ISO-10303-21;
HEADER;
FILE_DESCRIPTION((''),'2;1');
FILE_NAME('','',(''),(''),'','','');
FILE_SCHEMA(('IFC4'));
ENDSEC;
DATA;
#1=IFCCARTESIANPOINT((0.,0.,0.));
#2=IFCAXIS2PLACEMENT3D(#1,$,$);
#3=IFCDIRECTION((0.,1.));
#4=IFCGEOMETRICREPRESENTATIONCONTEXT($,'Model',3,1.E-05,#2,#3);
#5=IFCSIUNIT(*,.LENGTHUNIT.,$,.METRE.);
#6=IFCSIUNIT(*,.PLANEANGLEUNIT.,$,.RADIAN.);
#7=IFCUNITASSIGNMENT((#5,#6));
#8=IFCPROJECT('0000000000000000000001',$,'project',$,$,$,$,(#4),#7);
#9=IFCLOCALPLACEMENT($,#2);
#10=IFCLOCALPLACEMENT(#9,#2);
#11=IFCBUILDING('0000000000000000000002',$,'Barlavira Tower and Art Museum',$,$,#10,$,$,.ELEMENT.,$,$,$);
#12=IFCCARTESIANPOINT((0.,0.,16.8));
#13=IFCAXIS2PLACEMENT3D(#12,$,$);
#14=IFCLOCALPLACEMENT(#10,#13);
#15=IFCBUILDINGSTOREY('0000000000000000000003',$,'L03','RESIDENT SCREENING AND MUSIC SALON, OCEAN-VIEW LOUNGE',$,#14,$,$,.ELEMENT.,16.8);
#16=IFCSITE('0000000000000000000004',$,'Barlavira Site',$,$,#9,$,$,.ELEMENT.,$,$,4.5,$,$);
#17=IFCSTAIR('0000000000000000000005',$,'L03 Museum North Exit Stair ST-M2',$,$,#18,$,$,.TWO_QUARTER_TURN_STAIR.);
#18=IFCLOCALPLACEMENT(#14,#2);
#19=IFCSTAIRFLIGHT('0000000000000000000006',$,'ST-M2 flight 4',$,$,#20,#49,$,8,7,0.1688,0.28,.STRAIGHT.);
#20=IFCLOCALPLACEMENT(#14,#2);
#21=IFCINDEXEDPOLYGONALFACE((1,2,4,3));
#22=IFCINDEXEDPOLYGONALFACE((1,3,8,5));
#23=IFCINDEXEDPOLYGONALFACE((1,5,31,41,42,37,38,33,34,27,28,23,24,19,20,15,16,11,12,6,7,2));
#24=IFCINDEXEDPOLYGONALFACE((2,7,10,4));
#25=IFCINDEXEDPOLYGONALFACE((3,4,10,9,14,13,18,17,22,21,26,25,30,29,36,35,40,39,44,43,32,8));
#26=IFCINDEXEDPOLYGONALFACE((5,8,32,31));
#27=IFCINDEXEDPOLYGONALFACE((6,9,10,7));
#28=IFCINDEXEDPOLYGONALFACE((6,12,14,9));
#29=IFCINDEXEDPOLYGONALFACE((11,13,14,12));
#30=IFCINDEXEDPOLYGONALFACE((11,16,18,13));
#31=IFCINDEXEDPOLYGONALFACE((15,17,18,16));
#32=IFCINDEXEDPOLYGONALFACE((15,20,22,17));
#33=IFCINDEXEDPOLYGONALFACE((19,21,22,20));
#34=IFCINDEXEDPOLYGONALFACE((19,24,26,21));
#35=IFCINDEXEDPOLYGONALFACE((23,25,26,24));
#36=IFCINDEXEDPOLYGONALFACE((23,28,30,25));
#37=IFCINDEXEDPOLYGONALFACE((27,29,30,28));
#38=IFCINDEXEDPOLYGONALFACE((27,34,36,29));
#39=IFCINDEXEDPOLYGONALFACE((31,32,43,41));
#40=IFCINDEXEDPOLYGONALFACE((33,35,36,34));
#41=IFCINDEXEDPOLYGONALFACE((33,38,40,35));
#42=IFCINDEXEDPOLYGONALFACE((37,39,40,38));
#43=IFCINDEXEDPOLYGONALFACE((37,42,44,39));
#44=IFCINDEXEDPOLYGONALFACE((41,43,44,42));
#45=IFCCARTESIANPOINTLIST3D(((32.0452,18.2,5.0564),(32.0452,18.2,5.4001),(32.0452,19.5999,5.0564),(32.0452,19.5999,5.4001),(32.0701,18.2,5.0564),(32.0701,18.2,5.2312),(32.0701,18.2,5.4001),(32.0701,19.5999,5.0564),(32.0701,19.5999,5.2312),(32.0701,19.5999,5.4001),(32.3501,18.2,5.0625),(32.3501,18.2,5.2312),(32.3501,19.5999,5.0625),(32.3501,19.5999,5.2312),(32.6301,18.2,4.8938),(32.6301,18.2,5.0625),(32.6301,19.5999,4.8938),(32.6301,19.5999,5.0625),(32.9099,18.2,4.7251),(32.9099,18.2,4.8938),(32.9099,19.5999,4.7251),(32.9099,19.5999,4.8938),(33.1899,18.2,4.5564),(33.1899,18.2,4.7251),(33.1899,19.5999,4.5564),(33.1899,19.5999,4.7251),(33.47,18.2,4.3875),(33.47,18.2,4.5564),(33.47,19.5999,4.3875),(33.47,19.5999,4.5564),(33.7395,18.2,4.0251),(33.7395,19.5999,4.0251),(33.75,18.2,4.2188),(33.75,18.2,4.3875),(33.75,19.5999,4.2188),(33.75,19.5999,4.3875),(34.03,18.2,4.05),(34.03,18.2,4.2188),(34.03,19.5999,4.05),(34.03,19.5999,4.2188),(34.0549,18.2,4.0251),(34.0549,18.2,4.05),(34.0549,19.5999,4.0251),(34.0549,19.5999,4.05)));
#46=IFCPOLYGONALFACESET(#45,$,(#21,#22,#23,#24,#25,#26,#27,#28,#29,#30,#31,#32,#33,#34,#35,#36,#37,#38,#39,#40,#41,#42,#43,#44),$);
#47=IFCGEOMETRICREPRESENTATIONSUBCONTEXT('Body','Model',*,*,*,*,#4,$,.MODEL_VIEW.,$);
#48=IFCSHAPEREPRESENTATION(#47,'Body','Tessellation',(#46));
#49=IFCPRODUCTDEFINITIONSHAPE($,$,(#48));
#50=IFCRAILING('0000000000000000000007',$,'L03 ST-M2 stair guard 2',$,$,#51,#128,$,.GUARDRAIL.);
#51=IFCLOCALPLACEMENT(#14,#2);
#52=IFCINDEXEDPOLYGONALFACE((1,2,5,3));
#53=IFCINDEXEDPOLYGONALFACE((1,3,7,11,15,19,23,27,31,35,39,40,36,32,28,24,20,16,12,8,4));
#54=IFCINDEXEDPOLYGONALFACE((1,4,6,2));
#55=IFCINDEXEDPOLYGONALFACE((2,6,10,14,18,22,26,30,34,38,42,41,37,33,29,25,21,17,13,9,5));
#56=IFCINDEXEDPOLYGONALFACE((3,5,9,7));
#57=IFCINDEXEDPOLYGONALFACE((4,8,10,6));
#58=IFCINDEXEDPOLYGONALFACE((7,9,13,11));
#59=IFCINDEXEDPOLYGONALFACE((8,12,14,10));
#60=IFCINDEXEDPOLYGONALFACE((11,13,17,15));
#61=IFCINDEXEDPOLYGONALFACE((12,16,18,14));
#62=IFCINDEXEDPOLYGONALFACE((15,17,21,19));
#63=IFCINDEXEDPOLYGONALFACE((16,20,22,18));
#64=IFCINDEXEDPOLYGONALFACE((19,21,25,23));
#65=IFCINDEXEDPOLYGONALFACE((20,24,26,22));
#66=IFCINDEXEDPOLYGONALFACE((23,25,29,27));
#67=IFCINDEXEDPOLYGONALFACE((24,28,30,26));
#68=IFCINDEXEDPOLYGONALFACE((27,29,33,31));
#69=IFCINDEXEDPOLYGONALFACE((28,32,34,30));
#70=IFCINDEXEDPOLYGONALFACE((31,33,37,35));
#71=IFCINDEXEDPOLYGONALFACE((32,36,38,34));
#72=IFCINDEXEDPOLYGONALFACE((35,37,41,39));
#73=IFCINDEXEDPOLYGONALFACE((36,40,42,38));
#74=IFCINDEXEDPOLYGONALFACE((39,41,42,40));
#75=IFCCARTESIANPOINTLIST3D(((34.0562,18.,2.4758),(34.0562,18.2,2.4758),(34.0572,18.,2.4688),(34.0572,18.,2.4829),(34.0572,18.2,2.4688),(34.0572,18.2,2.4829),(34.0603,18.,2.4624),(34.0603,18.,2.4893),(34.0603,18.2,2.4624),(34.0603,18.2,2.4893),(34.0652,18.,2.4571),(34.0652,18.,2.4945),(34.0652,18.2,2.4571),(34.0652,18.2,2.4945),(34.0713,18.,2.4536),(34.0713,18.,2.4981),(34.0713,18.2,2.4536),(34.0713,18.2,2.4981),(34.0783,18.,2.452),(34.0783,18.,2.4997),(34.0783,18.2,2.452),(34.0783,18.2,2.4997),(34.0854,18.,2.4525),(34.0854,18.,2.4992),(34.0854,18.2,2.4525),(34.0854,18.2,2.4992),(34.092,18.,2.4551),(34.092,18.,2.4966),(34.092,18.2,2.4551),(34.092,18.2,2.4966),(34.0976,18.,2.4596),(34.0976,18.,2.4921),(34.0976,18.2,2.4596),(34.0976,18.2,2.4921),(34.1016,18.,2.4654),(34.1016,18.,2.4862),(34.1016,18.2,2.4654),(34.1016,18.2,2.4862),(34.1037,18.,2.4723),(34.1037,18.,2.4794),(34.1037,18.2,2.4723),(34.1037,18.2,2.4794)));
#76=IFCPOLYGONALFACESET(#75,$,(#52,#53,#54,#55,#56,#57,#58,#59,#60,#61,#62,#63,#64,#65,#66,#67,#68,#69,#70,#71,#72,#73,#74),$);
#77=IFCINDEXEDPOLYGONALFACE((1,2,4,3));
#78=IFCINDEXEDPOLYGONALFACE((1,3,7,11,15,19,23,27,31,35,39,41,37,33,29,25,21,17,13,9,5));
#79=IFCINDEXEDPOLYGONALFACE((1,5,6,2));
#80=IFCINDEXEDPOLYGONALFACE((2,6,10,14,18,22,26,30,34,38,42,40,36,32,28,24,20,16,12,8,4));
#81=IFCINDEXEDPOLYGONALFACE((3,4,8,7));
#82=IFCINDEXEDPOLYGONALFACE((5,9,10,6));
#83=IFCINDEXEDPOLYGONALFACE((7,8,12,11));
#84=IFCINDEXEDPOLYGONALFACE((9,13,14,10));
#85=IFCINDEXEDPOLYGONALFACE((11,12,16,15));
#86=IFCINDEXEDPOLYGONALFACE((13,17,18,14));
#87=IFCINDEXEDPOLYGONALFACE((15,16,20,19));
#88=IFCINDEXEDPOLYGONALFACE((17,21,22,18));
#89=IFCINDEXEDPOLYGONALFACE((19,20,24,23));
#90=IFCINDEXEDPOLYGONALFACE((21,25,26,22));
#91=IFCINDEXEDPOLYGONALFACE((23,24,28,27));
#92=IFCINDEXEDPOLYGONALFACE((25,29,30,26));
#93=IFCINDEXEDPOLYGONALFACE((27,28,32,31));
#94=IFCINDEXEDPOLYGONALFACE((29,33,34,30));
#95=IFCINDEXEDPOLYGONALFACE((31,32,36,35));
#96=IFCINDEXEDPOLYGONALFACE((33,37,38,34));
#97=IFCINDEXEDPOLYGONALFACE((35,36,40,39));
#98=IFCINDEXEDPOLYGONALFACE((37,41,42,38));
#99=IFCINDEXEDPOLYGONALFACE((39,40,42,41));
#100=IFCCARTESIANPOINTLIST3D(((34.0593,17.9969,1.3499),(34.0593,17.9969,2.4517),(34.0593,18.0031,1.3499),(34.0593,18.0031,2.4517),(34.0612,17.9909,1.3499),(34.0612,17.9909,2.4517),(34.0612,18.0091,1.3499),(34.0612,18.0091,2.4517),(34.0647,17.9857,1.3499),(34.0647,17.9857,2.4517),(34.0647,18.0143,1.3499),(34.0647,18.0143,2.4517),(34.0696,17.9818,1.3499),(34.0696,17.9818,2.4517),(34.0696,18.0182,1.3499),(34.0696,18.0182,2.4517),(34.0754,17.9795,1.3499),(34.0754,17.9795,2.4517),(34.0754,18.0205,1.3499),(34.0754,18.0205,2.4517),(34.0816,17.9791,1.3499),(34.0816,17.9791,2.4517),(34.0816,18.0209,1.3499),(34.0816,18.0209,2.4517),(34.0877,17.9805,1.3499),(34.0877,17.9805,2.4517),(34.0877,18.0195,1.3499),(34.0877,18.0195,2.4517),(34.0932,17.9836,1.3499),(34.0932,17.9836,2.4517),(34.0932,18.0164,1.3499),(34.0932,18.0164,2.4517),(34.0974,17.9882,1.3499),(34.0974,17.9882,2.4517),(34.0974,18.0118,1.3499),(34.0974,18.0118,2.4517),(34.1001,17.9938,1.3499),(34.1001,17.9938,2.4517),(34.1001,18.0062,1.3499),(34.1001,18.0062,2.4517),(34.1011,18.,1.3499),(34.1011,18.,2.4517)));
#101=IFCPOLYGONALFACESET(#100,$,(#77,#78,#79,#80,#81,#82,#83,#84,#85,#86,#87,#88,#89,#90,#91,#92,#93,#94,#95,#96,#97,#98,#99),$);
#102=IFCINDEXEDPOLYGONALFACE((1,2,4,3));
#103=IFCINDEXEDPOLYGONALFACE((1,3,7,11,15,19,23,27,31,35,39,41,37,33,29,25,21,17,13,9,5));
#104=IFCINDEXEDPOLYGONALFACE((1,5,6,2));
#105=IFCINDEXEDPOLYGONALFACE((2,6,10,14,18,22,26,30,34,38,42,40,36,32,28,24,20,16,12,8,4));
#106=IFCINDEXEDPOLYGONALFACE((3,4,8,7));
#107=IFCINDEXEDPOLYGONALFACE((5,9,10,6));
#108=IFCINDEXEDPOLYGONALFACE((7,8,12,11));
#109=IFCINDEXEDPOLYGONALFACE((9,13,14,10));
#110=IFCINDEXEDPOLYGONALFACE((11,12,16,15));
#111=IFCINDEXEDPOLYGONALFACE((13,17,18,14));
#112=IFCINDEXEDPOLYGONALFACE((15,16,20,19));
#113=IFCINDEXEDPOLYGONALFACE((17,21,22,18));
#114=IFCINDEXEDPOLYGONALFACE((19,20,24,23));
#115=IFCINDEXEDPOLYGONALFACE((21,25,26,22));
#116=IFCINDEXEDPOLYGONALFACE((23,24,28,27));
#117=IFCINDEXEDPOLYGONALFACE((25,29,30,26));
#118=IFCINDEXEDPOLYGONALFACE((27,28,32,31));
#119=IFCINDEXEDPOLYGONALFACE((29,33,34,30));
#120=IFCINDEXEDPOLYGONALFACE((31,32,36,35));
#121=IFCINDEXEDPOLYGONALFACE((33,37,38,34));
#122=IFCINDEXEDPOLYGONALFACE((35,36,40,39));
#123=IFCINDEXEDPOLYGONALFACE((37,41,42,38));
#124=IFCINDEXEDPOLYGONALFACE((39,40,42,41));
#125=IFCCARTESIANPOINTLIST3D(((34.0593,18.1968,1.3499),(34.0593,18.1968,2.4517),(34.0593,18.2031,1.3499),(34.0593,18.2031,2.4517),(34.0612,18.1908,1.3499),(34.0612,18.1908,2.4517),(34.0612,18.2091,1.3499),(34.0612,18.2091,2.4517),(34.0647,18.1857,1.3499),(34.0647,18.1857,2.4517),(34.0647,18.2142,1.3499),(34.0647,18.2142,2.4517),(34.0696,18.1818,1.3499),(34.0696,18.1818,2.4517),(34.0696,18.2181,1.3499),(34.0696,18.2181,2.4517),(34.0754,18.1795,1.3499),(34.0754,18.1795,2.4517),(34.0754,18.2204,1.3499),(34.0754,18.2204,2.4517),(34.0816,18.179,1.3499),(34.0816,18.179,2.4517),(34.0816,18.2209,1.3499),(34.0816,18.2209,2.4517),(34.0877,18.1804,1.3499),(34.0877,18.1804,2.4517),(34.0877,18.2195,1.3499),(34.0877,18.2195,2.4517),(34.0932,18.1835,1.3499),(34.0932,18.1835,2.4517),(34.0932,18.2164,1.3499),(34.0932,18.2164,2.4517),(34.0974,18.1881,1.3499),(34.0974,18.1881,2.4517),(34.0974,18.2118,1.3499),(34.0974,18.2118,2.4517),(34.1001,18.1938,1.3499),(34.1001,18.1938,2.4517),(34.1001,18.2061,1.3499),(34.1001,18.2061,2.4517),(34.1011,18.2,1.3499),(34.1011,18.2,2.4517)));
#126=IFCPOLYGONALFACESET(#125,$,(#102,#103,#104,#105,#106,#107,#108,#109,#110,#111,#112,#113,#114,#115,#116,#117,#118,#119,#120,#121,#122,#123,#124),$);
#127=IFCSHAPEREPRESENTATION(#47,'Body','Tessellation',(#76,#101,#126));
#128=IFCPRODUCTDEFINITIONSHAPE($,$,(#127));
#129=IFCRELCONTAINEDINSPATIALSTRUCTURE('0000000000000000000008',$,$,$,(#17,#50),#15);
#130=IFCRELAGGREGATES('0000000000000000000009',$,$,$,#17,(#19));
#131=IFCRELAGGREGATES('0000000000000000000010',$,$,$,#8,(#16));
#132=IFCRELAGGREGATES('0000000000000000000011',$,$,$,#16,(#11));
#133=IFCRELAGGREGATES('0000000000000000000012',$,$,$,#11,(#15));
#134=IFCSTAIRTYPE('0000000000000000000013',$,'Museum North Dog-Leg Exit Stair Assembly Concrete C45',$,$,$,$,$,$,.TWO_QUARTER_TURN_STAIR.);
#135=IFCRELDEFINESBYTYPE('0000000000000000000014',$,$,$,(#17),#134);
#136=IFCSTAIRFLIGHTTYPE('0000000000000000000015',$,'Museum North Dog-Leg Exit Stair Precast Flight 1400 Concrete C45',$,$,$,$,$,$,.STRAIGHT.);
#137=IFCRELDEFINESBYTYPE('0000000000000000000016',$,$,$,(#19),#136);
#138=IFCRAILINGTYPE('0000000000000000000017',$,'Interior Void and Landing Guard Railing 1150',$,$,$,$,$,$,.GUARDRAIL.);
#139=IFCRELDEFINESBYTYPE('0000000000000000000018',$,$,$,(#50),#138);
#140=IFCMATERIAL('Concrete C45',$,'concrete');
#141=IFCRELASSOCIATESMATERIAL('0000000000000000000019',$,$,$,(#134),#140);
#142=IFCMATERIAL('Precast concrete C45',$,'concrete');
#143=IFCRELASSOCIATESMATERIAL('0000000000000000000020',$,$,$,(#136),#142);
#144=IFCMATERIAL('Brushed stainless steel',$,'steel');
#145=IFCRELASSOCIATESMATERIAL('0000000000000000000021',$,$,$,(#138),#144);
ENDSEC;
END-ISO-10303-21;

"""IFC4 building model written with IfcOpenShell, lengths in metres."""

from ifc_helpers import new_model, si_unit, direction, frame, origin, origin_2d, place, context, subcontext, project, spatial, polyline, circle, outline, extrude, material, type_object, element, aggregate, save


model = new_model("IFC4")

# Units and contexts
model_context = context("Model", 3, precision=1e-05, world=origin(), true_north=direction((0.0, 1.0)))
body_context = subcontext(model_context, "Body", "Model", "MODEL_VIEW")
ifc_project = project(units=[si_unit("LENGTHUNIT", "METRE"), si_unit("PLANEANGLEUNIT", "RADIAN")], contexts=[model_context])

# Site, building, storey
site_placement = place(None, origin())
site = spatial("IfcSite", under=ifc_project, at=site_placement, Name="Barlavira Site", CompositionType="ELEMENT", RefElevation=4.5)
building_placement = place(site_placement, origin())
building = spatial("IfcBuilding", under=site, at=building_placement, Name="Barlavira Tower and Art Museum", CompositionType="ELEMENT")
storey_placement = place(building_placement, frame((0.0, 0.0, 16.8)))
storey = spatial("IfcBuildingStorey", under=building, at=storey_placement, Name="L03", Description="RESIDENT SCREENING AND MUSIC SALON, OCEAN-VIEW LOUNGE", CompositionType="ELEMENT", Elevation=16.8)

# Shared definitions
ifc_material_1 = material(Name="Brushed stainless steel", Category="steel")

# Stair, stair flight
ifc_material_2 = material(Name="Concrete C45", Category="concrete")
stair_type = type_object("IfcStairType", Name="Museum North Dog-Leg Exit Stair Assembly Concrete C45", PredefinedType="TWO_QUARTER_TURN_STAIR", material=ifc_material_2)
stair_placement = place(storey_placement, origin())
stair = element("IfcStair", 1, at=stair_placement, inside=storey, type_object=stair_type, Name="L03 Museum North Exit Stair ST-M2", PredefinedType="TWO_QUARTER_TURN_STAIR")
ifc_material_3 = material(Name="Precast concrete C45", Category="concrete")
stair_flight_type = type_object("IfcStairFlightType", Name="Museum North Dog-Leg Exit Stair Precast Flight 1400 Concrete C45", PredefinedType="STRAIGHT", material=ifc_material_3)
stair_flight_1_placement = place(storey_placement, frame((34.03, 18.8999, 4.05), z_axis=(0.0, 0.0, 1.0), x_axis=(-1.0, 0.0, 0.0)))
stair_flight_1 = element("IfcStairFlight", 2, at=stair_flight_1_placement, type_object=stair_flight_type, Name="ST-M2 flight 4", NumberOfRisers=8, NumberOfTreads=7, PredefinedType="STRAIGHT", RiserHeight=0.1688, TreadLength=0.28, context=body_context, shape_type="SweptSolid", body=[
    extrude(outline(polyline([(-0.0249, 0.0), (0.0, 0.0), (0.0, 0.1687), (0.28, 0.1687), (0.28, 0.3374), (0.5601, 0.3374), (0.5601, 0.5063), (0.8401, 0.5063), (0.8401, 0.675), (1.1201, 0.675), (1.1201, 0.8438), (1.3999, 0.8438), (1.3999, 1.0125), (1.6799, 1.0125), (1.6799, 1.1812), (1.96, 1.1812), (1.96, 1.3501), (1.9849, 1.3501), (1.9849, 1.0063), (1.96, 1.0063), (0.2905, -0.0249), (-0.0249, -0.0249), (-0.0249, 0.0)])), frame((0.0, 0.7, 0.0), z_axis=(0.0, -1.0, 0.0), x_axis=(1.0, 0.0, 0.0)), (0.0, 0.0, 1.0), 1.3999),
])
aggregate(stair, [stair_flight_1])

# Railing
railing_type_1 = type_object("IfcRailingType", Name="Interior Void and Landing Guard Railing 1150", PredefinedType="GUARDRAIL", material=ifc_material_1)
railing_1_placement = place(storey_placement, frame((34.0801, 18.0, 1.3499)))
element("IfcRailing", 3, at=railing_1_placement, inside=storey, type_object=railing_type_1, Name="L03 ST-M2 stair guard 2", PredefinedType="GUARDRAIL", context=body_context, shape_type="SweptSolid", body=[
    extrude(circle(Radius=0.0239, at=origin_2d()), frame((0.0, 0.0, 1.126), z_axis=(0.0, 1.0, 0.0), x_axis=(-1.0, 0.0, 0.0)), (0.0, 0.0, 1.0), 0.2),
    extrude(circle(Radius=0.021, at=origin_2d()), origin(), (0.0, 0.0, 1.0), 1.1018),
    extrude(circle(Radius=0.021, at=origin_2d()), frame((0.0, 0.2, 0.0)), (0.0, 0.0, 1.0), 1.1018),
])

save(model, "model.ifc")
